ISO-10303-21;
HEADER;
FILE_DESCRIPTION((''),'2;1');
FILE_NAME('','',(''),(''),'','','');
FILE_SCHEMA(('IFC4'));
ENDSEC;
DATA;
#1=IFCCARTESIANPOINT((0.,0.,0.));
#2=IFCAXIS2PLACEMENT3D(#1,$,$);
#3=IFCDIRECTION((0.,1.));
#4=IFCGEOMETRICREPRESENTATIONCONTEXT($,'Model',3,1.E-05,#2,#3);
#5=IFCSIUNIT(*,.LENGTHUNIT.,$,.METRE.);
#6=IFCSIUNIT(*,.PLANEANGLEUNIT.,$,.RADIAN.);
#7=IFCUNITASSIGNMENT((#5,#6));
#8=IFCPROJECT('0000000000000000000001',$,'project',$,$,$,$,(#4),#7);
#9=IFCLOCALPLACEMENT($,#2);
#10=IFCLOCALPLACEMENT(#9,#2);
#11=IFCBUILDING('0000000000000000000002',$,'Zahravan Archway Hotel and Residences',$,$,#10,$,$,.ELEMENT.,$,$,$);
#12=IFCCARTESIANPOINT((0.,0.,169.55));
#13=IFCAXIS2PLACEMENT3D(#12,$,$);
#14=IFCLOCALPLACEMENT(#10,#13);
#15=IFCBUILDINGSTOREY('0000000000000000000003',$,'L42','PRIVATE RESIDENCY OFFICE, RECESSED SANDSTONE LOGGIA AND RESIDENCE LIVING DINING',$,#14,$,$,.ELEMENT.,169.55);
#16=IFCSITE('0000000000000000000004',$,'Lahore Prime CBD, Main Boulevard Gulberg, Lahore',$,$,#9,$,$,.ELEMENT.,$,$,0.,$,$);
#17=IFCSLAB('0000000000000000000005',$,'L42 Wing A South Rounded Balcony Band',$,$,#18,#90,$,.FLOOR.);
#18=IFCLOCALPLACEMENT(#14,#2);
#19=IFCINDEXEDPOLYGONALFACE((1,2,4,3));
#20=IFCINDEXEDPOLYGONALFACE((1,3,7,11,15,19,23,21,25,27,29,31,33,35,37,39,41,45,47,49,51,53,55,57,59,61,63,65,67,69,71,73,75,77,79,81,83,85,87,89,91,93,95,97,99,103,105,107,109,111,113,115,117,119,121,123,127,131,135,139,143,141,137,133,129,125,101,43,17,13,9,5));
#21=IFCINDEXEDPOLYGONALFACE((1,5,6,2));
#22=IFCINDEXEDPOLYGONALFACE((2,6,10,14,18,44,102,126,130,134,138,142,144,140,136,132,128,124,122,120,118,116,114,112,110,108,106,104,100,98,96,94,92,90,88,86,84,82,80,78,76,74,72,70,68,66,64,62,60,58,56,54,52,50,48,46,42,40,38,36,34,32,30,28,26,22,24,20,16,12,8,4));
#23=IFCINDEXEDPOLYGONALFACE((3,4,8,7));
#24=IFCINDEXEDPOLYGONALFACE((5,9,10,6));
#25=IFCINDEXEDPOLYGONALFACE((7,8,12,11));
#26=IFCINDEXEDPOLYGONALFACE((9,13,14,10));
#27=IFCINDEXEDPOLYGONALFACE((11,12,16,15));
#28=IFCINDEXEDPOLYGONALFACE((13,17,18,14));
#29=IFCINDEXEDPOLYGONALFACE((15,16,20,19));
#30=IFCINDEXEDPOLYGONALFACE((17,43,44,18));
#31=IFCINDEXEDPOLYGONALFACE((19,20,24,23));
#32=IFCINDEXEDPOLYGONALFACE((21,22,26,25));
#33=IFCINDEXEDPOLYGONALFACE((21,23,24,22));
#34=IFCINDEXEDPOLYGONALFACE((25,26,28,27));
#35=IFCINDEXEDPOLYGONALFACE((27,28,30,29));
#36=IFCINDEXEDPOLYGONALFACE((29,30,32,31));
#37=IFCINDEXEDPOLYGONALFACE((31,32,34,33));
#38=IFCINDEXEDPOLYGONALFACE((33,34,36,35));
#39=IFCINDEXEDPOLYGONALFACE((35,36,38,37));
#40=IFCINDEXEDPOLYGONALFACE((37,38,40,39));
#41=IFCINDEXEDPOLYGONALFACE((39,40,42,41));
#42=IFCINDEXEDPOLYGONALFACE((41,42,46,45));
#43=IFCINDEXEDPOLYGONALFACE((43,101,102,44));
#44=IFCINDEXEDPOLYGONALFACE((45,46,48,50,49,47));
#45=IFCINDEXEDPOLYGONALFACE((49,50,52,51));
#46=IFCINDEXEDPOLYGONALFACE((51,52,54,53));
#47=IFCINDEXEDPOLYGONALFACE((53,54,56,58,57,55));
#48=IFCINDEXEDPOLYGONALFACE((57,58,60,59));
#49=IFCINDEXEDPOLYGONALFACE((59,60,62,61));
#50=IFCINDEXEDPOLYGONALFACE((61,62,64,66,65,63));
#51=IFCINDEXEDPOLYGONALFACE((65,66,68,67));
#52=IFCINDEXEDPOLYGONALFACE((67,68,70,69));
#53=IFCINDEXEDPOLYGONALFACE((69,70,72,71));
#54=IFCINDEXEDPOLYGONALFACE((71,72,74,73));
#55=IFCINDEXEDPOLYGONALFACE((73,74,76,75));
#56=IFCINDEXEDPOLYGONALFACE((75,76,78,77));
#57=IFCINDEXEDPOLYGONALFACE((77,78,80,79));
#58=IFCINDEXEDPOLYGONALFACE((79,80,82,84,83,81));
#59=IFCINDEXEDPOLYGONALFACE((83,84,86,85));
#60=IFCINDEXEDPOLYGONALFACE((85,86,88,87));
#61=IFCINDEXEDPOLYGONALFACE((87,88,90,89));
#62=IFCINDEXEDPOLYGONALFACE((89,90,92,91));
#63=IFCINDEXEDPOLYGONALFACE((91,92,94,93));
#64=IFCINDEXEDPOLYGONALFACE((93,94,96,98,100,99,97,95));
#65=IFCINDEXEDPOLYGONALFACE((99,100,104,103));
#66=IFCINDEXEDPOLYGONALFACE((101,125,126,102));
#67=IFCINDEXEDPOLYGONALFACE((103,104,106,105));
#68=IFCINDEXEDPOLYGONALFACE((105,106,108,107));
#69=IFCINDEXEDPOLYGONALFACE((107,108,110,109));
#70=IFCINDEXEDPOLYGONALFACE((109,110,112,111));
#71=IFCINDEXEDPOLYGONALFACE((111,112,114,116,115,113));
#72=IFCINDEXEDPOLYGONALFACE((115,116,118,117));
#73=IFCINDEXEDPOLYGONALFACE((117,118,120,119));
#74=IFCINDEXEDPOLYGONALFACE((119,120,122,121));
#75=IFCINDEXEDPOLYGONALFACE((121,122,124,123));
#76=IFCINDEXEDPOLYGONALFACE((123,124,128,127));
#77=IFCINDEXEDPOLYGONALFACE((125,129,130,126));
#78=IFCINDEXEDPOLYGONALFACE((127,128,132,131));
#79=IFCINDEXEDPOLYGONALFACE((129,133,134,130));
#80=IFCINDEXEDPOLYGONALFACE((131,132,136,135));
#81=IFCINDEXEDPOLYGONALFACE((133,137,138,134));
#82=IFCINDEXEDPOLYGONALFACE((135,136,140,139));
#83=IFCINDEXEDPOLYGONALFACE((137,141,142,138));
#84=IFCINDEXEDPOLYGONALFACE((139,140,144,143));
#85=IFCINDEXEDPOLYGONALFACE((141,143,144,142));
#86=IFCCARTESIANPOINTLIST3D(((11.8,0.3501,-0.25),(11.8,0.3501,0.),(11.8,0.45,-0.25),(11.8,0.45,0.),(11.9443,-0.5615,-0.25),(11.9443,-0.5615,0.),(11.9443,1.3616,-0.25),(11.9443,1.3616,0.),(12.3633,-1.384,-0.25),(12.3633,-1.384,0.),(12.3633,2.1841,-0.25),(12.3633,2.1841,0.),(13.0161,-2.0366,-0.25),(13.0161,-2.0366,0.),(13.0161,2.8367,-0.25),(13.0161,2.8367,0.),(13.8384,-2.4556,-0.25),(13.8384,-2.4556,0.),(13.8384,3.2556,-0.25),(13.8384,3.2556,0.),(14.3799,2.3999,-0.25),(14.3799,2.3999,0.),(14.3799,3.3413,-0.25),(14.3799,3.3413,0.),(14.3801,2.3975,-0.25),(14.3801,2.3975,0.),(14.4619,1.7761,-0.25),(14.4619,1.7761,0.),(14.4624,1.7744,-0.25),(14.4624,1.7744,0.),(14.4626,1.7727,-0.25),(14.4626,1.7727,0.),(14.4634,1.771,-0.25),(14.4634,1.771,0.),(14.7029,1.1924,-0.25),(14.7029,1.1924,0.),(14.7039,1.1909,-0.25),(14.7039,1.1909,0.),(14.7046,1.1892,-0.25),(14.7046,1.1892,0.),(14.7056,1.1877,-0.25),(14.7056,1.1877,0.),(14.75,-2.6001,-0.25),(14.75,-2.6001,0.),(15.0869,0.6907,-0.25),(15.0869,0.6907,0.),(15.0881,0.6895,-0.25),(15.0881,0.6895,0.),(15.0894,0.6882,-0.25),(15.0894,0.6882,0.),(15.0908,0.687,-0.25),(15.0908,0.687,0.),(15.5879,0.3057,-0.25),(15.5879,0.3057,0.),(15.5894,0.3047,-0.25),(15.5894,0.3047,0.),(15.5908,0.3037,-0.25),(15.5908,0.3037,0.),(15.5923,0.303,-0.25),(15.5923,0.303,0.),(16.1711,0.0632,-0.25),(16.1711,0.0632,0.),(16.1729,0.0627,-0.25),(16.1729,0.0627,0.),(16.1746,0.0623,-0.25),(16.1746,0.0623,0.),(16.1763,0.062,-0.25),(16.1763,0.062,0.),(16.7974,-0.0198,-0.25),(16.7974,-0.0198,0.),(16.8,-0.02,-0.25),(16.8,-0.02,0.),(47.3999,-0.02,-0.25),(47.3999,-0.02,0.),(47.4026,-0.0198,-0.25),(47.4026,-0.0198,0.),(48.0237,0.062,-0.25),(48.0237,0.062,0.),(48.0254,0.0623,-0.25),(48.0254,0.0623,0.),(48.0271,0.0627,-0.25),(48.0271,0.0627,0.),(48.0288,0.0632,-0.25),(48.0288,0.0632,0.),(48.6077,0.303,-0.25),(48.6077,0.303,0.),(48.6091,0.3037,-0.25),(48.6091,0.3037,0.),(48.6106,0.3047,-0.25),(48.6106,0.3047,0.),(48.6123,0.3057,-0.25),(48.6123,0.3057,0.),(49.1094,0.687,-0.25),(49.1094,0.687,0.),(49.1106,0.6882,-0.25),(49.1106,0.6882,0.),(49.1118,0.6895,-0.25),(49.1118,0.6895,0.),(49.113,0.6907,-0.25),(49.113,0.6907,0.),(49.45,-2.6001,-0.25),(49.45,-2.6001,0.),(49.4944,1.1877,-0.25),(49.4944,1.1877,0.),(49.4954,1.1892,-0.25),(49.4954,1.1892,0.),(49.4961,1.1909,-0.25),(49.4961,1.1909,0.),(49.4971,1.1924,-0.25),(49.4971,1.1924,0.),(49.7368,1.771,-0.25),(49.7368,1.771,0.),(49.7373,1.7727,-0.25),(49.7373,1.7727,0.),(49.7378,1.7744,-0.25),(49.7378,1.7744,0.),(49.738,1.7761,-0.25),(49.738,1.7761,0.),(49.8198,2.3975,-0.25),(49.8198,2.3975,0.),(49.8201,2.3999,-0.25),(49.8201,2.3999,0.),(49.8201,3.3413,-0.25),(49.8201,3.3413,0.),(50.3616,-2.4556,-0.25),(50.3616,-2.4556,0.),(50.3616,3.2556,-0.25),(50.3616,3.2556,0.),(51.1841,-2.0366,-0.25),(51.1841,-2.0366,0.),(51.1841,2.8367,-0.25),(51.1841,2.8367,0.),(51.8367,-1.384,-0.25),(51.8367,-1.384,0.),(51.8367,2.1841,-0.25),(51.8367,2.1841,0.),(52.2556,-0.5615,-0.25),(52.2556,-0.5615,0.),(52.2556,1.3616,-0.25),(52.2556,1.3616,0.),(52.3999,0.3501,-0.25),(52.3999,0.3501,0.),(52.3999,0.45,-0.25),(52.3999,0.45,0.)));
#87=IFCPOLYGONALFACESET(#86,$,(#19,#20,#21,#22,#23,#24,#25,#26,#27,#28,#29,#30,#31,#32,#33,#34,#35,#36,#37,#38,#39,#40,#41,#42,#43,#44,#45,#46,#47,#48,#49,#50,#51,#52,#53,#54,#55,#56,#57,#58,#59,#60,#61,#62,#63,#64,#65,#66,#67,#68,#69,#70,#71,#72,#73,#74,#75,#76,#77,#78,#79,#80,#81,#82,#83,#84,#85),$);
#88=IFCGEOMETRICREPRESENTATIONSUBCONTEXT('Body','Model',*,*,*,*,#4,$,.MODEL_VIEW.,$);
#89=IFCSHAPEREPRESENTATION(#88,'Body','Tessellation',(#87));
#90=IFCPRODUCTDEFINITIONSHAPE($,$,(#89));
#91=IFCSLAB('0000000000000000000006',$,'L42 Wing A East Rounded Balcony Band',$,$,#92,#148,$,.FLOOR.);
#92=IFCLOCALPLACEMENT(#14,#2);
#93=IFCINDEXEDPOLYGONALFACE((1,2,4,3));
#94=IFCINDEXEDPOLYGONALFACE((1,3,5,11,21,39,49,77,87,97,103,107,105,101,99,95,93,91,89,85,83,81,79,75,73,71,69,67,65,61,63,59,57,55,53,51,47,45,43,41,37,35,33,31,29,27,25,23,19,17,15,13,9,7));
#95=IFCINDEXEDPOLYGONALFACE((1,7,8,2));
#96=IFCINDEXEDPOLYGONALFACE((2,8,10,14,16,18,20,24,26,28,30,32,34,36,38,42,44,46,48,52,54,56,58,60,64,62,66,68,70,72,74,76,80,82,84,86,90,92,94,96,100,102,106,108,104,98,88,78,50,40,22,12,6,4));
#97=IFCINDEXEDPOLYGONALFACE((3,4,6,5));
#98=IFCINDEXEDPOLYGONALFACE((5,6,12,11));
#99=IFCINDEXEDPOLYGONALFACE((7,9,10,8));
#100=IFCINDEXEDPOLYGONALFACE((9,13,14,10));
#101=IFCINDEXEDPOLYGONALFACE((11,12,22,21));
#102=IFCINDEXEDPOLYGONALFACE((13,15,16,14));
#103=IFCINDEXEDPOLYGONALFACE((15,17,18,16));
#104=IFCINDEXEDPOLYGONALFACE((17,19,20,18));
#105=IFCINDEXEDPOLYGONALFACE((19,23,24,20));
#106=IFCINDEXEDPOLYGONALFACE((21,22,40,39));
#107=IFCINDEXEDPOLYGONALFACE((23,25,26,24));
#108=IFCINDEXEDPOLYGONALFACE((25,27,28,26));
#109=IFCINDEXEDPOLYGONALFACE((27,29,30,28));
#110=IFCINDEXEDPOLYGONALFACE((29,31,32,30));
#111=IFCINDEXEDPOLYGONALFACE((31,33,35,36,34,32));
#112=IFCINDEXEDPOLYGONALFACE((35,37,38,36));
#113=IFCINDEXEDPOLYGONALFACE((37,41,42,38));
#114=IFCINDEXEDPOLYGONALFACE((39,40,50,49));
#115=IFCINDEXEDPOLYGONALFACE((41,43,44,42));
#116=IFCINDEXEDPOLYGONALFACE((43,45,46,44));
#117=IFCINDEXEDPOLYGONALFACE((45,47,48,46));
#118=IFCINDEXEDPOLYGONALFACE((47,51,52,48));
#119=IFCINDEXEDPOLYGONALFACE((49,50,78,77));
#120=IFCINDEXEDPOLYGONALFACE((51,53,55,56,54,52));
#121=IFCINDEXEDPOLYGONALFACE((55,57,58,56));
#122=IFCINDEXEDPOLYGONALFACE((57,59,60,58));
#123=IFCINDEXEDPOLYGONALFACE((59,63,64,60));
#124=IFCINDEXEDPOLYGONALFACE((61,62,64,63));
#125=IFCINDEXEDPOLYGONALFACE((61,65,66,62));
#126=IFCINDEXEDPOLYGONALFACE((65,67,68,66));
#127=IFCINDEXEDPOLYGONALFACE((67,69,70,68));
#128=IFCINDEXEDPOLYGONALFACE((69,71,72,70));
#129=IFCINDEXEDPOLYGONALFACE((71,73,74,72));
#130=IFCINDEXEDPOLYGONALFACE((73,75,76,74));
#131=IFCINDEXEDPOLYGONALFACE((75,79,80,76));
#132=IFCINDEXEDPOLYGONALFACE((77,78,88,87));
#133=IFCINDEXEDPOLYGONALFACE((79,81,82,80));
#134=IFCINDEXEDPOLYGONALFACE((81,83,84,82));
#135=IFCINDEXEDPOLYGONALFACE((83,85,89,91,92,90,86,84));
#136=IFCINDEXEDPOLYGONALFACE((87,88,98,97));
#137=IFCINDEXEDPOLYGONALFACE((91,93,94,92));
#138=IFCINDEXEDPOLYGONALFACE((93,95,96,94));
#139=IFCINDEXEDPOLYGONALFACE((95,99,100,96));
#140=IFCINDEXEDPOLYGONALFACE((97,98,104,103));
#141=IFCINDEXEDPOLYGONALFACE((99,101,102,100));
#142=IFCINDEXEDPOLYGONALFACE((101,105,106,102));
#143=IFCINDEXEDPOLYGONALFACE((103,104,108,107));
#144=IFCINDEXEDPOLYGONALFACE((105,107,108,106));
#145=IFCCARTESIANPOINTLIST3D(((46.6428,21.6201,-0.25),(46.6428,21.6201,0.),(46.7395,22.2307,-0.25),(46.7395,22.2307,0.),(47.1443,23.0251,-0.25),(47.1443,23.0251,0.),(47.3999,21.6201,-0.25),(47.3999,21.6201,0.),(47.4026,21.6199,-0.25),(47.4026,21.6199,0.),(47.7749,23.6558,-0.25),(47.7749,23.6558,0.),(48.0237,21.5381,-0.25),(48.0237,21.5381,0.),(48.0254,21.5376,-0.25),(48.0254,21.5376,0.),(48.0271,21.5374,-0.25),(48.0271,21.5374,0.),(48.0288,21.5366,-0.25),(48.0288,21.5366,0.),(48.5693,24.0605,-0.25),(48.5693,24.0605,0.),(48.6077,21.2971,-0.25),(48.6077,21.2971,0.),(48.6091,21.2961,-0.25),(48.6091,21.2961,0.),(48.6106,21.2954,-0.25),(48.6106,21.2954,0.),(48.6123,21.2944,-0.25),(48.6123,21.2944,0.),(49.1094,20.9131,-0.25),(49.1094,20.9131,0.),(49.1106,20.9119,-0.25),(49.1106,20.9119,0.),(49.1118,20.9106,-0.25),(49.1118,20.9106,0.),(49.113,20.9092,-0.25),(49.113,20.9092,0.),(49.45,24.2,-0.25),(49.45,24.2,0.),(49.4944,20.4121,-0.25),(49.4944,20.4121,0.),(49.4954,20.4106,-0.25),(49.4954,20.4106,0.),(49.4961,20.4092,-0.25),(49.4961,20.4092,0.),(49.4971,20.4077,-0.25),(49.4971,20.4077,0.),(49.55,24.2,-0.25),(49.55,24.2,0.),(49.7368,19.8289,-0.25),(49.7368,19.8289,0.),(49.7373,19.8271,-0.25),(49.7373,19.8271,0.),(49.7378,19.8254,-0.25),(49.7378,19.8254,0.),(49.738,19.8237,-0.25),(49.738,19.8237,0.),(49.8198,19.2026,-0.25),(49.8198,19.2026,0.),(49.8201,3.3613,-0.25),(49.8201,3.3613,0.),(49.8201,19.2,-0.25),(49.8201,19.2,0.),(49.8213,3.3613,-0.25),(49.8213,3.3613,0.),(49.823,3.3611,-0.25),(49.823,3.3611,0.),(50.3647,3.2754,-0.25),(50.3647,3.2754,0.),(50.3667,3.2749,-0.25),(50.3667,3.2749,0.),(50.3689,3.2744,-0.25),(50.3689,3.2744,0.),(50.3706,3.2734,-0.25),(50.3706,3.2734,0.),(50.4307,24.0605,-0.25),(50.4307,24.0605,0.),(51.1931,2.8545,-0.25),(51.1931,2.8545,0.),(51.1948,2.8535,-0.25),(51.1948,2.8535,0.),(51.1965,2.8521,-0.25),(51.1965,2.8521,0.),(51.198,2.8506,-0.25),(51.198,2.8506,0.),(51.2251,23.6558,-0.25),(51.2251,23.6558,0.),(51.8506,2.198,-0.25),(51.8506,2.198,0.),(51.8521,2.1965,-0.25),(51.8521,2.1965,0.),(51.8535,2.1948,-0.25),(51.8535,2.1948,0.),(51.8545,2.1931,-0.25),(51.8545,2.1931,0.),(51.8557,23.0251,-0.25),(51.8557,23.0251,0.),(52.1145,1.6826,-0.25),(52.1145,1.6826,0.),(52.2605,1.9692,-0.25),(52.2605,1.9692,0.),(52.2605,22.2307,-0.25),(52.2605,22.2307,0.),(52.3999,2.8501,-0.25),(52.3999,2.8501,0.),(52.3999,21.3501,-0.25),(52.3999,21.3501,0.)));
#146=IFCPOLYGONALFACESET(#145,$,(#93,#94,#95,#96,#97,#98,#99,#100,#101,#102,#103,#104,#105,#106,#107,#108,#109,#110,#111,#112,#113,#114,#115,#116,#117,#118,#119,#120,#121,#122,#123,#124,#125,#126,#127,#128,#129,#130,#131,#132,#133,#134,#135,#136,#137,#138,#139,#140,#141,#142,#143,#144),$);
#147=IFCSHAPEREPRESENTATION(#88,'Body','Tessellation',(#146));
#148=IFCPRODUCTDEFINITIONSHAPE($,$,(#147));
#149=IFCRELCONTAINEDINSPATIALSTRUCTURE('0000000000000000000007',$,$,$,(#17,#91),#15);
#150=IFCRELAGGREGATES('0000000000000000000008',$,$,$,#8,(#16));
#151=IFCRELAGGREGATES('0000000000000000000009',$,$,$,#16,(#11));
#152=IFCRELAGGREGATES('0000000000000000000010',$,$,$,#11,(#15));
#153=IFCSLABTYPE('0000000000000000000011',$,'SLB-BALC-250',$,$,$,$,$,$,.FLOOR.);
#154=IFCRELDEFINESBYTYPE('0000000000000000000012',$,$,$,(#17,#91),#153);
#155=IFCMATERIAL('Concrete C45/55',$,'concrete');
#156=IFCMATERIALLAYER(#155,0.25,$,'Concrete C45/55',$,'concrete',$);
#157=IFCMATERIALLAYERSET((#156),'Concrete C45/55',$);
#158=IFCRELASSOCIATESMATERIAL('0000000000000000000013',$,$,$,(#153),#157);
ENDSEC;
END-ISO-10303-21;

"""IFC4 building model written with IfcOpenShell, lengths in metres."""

from ifc_helpers import new_model, si_unit, direction, frame, origin, place, context, subcontext, project, spatial, polyline, outline, extrude, material, layer, layer_set, type_object, element, save


model = new_model("IFC4")

# Units and contexts
model_context = context("Model", 3, precision=1e-05, world=origin(), true_north=direction((0.0, 1.0)))
body_context = subcontext(model_context, "Body", "Model", "MODEL_VIEW")
ifc_project = project(units=[si_unit("LENGTHUNIT", "METRE"), si_unit("PLANEANGLEUNIT", "RADIAN")], contexts=[model_context])

# Site, building, storey
site_placement = place(None, origin())
site = spatial("IfcSite", under=ifc_project, at=site_placement, Name="Lahore Prime CBD, Main Boulevard Gulberg, Lahore", CompositionType="ELEMENT", RefElevation=0.0)
building_placement = place(site_placement, origin())
building = spatial("IfcBuilding", under=site, at=building_placement, Name="Zahravan Archway Hotel and Residences", CompositionType="ELEMENT")
storey_placement = place(building_placement, frame((0.0, 0.0, 169.55)))
storey = spatial("IfcBuildingStorey", under=building, at=storey_placement, Name="L42", Description="PRIVATE RESIDENCY OFFICE, RECESSED SANDSTONE LOGGIA AND RESIDENCE LIVING DINING", CompositionType="ELEMENT", Elevation=169.55)

# Slabs
ifc_material_1 = material(Name="Concrete C45/55", Category="concrete")
ifc_layer_1 = layer(ifc_material_1, 0.25, Name="Concrete C45/55", Category="concrete")
ifc_layer_set_1 = layer_set([ifc_layer_1], Name="Concrete C45/55")
slab_type_1 = type_object("IfcSlabType", Name="SLB-BALC-250", PredefinedType="FLOOR", material=ifc_layer_set_1)
slab_1_placement = place(storey_placement, frame((0.0, 0.0, -0.25)))
element("IfcSlab", 1, at=slab_1_placement, inside=storey, type_object=slab_type_1, Name="L42 Wing A South Rounded Balcony Band", PredefinedType="FLOOR", context=body_context, shape_type="SweptSolid", body=[
    extrude(outline(polyline([(50.3616, 3.2556), (51.1841, 2.8367), (51.8367, 2.1841), (52.2556, 1.3616), (52.3999, 0.45), (52.3999, 0.3501), (52.2556, -0.5615), (51.8367, -1.384), (51.1841, -2.0366), (50.3616, -2.4556), (49.45, -2.6001), (14.75, -2.6001), (13.8384, -2.4556), (13.0161, -2.0366), (12.3633, -1.384), (11.9443, -0.5615), (11.8, 0.3501), (11.8, 0.45), (11.9443, 1.3616), (12.3633, 2.1841), (13.0161, 2.8367), (13.8384, 3.2556), (14.3799, 3.3413), (14.3799, 2.3999), (14.3801, 2.3975), (14.4619, 1.7761), (14.4624, 1.7744), (14.4626, 1.7727), (14.4634, 1.771), (14.7029, 1.1924), (14.7039, 1.1909), (14.7046, 1.1892), (14.7056, 1.1877), (15.0869, 0.6907), (15.0881, 0.6895), (15.0894, 0.6882), (15.0908, 0.687), (15.5879, 0.3057), (15.5894, 0.3047), (15.5908, 0.3037), (15.5923, 0.303), (16.1711, 0.0632), (16.1729, 0.0627), (16.1746, 0.0623), (16.1763, 0.062), (16.7974, -0.0198), (16.8, -0.02), (47.3999, -0.02), (47.4026, -0.0198), (48.0237, 0.062), (48.0254, 0.0623), (48.0271, 0.0627), (48.0288, 0.0632), (48.6077, 0.303), (48.6091, 0.3037), (48.6106, 0.3047), (48.6123, 0.3057), (49.1094, 0.687), (49.1106, 0.6882), (49.1118, 0.6895), (49.113, 0.6907), (49.4944, 1.1877), (49.4954, 1.1892), (49.4961, 1.1909), (49.4971, 1.1924), (49.7368, 1.771), (49.7373, 1.7727), (49.7378, 1.7744), (49.738, 1.7761), (49.8198, 2.3975), (49.8201, 2.3999), (49.8201, 3.3413), (50.3616, 3.2556)])), origin(), (0.0, 0.0, 1.0), 0.25),
])
slab_2_placement = place(storey_placement, frame((0.0, 0.0, -0.25)))
element("IfcSlab", 2, at=slab_2_placement, inside=storey, type_object=slab_type_1, Name="L42 Wing A East Rounded Balcony Band", PredefinedType="FLOOR", context=body_context, shape_type="SweptSolid", body=[
    extrude(outline(polyline([(46.7395, 22.2307), (47.1443, 23.0251), (47.7749, 23.6558), (48.5693, 24.0605), (49.45, 24.2), (49.55, 24.2), (50.4307, 24.0605), (51.2251, 23.6558), (51.8557, 23.0251), (52.2605, 22.2307), (52.3999, 21.3501), (52.3999, 2.8501), (52.2605, 1.9692), (52.1145, 1.6826), (51.8545, 2.1931), (51.8535, 2.1948), (51.8521, 2.1965), (51.8506, 2.198), (51.198, 2.8506), (51.1965, 2.8521), (51.1948, 2.8535), (51.1931, 2.8545), (50.3706, 3.2734), (50.3689, 3.2744), (50.3667, 3.2749), (50.3647, 3.2754), (49.823, 3.3611), (49.8213, 3.3613), (49.8201, 3.3613), (49.8201, 19.2), (49.8198, 19.2026), (49.738, 19.8237), (49.7378, 19.8254), (49.7373, 19.8271), (49.7368, 19.8289), (49.4971, 20.4077), (49.4961, 20.4092), (49.4954, 20.4106), (49.4944, 20.4121), (49.113, 20.9092), (49.1118, 20.9106), (49.1106, 20.9119), (49.1094, 20.9131), (48.6123, 21.2944), (48.6106, 21.2954), (48.6091, 21.2961), (48.6077, 21.2971), (48.0288, 21.5366), (48.0271, 21.5374), (48.0254, 21.5376), (48.0237, 21.5381), (47.4026, 21.6199), (47.3999, 21.6201), (46.6428, 21.6201), (46.7395, 22.2307)])), origin(), (0.0, 0.0, 1.0), 0.25),
])

save(model, "model.ifc")
